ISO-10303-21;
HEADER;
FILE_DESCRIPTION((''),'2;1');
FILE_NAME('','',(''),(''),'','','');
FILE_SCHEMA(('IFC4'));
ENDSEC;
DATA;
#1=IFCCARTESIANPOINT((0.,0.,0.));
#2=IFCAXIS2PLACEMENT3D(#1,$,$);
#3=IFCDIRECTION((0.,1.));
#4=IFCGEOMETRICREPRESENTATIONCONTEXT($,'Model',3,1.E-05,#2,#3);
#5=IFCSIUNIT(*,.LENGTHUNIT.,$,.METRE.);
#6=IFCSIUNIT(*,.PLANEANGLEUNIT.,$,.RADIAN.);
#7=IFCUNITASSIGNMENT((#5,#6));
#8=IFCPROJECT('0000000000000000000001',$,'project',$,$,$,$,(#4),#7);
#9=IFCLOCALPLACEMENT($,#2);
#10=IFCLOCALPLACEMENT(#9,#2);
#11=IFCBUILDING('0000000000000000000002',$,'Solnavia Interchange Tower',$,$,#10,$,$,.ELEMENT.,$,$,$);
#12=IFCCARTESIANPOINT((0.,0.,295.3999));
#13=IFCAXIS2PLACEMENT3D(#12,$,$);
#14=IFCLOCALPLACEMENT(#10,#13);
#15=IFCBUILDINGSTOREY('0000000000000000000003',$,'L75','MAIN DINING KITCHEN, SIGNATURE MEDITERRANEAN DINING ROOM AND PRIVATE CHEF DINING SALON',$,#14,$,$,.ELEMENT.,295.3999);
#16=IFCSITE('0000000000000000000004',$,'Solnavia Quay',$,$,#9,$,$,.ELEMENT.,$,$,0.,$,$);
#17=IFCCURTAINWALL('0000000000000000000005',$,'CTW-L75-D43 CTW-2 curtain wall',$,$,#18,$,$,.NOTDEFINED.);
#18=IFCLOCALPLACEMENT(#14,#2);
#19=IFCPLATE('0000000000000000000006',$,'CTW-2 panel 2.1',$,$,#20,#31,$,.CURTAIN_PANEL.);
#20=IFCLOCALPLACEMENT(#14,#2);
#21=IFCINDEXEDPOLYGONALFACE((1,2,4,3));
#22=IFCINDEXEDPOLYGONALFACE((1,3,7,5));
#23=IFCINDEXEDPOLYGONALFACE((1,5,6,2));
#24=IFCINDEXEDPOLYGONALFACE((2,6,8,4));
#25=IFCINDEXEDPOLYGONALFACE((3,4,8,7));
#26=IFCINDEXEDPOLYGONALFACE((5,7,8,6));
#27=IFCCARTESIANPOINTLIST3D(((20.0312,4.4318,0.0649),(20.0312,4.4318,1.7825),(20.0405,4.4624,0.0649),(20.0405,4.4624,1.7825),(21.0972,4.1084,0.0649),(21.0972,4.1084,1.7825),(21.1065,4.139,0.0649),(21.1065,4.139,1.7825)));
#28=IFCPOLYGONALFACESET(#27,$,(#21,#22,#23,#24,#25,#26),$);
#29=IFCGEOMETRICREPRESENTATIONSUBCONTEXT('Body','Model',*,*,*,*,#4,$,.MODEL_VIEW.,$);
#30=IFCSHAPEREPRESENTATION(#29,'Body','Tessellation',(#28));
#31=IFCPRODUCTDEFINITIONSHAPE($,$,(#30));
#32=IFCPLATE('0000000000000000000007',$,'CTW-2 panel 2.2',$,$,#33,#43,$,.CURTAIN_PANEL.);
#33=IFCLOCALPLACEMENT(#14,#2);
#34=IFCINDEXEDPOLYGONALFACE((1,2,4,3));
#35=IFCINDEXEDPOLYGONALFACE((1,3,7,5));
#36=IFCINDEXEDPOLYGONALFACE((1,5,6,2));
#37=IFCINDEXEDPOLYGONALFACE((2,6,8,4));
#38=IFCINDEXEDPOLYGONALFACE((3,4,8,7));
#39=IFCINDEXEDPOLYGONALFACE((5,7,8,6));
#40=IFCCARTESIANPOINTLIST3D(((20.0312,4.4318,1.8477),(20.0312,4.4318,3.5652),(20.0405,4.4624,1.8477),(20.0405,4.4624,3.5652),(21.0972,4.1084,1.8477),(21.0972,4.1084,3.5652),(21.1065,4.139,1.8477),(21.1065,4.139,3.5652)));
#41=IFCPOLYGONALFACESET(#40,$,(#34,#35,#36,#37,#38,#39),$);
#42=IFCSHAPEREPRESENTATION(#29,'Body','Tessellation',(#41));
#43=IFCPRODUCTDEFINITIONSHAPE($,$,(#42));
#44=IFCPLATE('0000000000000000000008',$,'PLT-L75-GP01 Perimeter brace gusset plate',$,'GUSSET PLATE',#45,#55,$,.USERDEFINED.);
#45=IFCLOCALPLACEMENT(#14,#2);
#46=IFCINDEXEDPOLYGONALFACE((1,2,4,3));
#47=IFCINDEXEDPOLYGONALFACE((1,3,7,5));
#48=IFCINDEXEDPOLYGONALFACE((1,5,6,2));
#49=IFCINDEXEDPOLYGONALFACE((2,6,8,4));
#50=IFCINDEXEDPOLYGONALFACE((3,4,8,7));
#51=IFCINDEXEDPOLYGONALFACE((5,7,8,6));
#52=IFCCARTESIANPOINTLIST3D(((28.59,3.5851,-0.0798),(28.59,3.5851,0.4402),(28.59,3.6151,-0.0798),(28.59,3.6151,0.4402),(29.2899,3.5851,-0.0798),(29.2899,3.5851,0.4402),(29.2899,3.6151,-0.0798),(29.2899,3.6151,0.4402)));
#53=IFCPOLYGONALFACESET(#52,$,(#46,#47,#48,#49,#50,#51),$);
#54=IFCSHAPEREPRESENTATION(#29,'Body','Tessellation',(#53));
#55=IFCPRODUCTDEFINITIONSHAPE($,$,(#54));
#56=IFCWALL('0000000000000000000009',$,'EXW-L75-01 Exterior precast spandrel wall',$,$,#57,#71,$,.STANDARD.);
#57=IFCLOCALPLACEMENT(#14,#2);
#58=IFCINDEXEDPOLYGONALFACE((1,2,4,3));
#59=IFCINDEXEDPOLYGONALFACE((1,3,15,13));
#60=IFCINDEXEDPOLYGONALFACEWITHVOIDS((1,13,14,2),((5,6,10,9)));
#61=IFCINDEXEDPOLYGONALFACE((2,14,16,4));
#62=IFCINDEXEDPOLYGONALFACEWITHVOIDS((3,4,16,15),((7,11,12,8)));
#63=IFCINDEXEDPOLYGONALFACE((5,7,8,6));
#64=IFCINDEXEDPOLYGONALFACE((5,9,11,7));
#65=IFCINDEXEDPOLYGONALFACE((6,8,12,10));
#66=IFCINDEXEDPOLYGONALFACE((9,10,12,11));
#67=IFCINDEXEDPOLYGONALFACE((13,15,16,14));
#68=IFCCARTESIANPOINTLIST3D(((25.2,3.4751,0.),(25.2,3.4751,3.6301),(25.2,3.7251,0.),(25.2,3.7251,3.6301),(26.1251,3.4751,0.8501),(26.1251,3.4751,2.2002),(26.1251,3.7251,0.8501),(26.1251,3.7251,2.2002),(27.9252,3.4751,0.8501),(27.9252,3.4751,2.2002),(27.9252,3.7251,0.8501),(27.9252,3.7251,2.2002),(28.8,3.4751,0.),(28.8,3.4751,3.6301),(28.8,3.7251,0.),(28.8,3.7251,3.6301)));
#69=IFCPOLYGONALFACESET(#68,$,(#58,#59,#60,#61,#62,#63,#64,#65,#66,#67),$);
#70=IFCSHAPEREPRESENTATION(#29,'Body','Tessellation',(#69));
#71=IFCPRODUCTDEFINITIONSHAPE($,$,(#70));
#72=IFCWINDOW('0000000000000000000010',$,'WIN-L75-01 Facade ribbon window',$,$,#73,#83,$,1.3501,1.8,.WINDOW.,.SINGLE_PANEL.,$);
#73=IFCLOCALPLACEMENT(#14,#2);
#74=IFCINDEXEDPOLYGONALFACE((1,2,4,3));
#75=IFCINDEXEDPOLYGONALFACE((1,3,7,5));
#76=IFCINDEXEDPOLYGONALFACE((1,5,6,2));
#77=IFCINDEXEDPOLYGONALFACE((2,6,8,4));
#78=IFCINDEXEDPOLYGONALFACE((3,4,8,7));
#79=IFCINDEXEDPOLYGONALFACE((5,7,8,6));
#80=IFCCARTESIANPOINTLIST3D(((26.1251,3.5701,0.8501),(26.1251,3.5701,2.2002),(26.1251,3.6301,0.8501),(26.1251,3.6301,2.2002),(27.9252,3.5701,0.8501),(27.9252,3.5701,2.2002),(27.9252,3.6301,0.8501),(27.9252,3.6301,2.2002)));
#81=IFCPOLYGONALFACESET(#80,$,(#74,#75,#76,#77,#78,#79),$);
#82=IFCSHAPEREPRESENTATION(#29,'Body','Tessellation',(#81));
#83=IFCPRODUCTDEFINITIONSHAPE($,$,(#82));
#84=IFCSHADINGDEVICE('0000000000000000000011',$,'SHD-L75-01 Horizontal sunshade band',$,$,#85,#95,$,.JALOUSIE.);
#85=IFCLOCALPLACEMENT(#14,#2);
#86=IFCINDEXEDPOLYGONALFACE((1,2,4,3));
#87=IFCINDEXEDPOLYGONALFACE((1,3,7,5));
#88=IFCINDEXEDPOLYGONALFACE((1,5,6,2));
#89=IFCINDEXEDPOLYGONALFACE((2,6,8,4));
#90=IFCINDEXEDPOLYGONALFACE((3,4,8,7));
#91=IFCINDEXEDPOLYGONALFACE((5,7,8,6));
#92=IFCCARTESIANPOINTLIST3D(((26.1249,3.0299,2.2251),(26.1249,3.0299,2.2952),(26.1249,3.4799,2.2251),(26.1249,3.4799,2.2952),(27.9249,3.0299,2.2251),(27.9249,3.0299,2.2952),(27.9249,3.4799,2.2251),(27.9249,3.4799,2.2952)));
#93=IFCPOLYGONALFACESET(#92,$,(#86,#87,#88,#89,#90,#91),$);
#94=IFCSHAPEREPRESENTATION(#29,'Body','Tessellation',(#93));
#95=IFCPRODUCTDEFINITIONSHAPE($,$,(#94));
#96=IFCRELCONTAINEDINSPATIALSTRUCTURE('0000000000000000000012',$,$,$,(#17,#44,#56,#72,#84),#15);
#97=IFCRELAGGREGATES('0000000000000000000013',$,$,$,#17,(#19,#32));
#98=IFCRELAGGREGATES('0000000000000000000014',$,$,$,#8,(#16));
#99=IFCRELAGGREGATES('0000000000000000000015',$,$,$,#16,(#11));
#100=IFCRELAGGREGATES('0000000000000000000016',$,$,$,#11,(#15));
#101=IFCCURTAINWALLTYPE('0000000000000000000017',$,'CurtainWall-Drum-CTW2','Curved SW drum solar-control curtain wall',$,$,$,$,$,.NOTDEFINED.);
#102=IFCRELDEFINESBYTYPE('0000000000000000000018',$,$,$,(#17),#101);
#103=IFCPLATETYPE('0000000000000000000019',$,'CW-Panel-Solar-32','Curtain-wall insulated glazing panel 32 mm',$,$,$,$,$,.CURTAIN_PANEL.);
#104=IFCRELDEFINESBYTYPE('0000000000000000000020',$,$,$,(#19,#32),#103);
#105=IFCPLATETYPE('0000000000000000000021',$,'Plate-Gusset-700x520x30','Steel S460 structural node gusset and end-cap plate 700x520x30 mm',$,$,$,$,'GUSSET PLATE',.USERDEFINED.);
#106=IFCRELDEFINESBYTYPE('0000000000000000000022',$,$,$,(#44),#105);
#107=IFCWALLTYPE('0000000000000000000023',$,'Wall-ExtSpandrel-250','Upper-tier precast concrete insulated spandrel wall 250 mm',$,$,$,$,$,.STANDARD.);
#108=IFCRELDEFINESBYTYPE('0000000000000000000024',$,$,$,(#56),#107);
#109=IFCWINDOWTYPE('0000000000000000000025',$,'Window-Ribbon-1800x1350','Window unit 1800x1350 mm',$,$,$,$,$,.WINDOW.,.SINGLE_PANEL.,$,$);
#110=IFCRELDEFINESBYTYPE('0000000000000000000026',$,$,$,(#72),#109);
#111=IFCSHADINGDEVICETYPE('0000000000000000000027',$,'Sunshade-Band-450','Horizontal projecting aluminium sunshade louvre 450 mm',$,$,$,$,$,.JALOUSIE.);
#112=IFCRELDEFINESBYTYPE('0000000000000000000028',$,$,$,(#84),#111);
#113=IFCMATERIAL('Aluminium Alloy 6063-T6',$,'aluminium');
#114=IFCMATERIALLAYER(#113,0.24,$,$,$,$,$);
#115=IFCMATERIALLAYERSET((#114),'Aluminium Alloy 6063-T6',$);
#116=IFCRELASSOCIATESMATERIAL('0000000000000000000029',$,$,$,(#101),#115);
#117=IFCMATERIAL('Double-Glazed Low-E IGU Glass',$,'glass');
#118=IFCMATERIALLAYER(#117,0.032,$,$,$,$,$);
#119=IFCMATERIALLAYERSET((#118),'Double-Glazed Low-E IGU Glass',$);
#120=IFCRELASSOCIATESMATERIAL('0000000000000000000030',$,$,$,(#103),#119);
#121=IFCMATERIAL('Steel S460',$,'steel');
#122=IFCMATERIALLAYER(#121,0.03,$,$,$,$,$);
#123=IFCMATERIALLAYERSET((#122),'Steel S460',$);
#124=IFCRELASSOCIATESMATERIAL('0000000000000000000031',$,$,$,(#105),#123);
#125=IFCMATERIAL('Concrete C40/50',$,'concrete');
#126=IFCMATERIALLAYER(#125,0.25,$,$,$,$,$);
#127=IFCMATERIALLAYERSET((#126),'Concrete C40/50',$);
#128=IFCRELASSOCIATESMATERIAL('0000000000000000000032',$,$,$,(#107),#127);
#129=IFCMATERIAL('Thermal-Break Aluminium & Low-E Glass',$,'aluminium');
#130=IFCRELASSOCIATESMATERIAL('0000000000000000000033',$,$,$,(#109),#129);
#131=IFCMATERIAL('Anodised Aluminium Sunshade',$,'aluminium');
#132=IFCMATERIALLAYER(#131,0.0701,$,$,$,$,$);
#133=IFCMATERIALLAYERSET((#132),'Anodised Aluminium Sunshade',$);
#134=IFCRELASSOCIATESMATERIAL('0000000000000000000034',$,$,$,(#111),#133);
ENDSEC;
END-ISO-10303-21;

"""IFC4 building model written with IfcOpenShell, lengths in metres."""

from ifc_helpers import new_model, si_unit, direction, frame, frame_2d, origin, origin_2d, place, context, subcontext, project, spatial, rectangle, extrude, material, layer, layer_set, type_object, element, fill, aggregate, save


model = new_model("IFC4")

# Units and contexts
model_context = context("Model", 3, precision=1e-05, world=origin(), true_north=direction((0.0, 1.0)))
body_context = subcontext(model_context, "Body", "Model", "MODEL_VIEW")
ifc_project = project(units=[si_unit("LENGTHUNIT", "METRE"), si_unit("PLANEANGLEUNIT", "RADIAN")], contexts=[model_context])

# Site, building, storey
site_placement = place(None, origin())
site = spatial("IfcSite", under=ifc_project, at=site_placement, Name="Solnavia Quay", CompositionType="ELEMENT", RefElevation=0.0)
building_placement = place(site_placement, origin())
building = spatial("IfcBuilding", under=site, at=building_placement, Name="Solnavia Interchange Tower", CompositionType="ELEMENT")
storey_placement = place(building_placement, frame((0.0, 0.0, 295.3999)))
storey = spatial("IfcBuildingStorey", under=building, at=storey_placement, Name="L75", Description="MAIN DINING KITCHEN, SIGNATURE MEDITERRANEAN DINING ROOM AND PRIVATE CHEF DINING SALON", CompositionType="ELEMENT", Elevation=295.3999)

# Shared definitions
ifc_material_1 = material(Name="Steel S460", Category="steel")

# Curtain wall
ifc_material_2 = material(Name="Aluminium Alloy 6063-T6", Category="aluminium")
ifc_layer_1 = layer(ifc_material_2, 0.24)
ifc_layer_set_1 = layer_set([ifc_layer_1], Name="Aluminium Alloy 6063-T6")
curtain_wall_type_1 = type_object("IfcCurtainWallType", Name="CurtainWall-Drum-CTW2", Description="Curved SW drum solar-control curtain wall", PredefinedType="NOTDEFINED", material=ifc_layer_set_1)
curtain_wall_1_placement = place(storey_placement, origin())
curtain_wall_1 = element("IfcCurtainWall", 1, at=curtain_wall_1_placement, inside=storey, type_object=curtain_wall_type_1, Name="CTW-L75-D43 CTW-2 curtain wall", PredefinedType="NOTDEFINED")

# Shared definitions
ifc_material_3 = material(Name="Double-Glazed Low-E IGU Glass", Category="glass")

# Plates
ifc_layer_2 = layer(ifc_material_3, 0.032)
ifc_layer_set_2 = layer_set([ifc_layer_2], Name="Double-Glazed Low-E IGU Glass")
plate_type_1 = type_object("IfcPlateType", Name="CW-Panel-Solar-32", Description="Curtain-wall insulated glazing panel 32 mm", PredefinedType="CURTAIN_PANEL", material=ifc_layer_set_2)
plate_1_placement = place(storey_placement, frame((20.5688, 4.2854, 0.0649), z_axis=(0.0, 0.0, 1.0), x_axis=(0.956942, -0.290279, 0.0)))
plate_1 = element("IfcPlate", 2, at=plate_1_placement, type_object=plate_type_1, Name="CTW-2 panel 2.1", PredefinedType="CURTAIN_PANEL", context=body_context, shape_type="SweptSolid", body=[
    extrude(rectangle(XDim=1.114, YDim=0.032, at=origin_2d()), origin(), (0.0, 0.0, 1.0), 1.7175),
])
plate_2_placement = place(storey_placement, frame((20.5688, 4.2854, 1.8477), z_axis=(0.0, 0.0, 1.0), x_axis=(0.956942, -0.290279, 0.0)))
plate_2 = element("IfcPlate", 3, at=plate_2_placement, type_object=plate_type_1, Name="CTW-2 panel 2.2", PredefinedType="CURTAIN_PANEL", context=body_context, shape_type="SweptSolid", body=[
    extrude(rectangle(XDim=1.114, YDim=0.032, at=origin_2d()), origin(), (0.0, 0.0, 1.0), 1.7175),
])
aggregate(curtain_wall_1, [plate_1, plate_2])
ifc_layer_3 = layer(ifc_material_1, 0.03)
ifc_layer_set_3 = layer_set([ifc_layer_3], Name="Steel S460")
plate_type_2 = type_object("IfcPlateType", Name="Plate-Gusset-700x520x30", Description="Steel S460 structural node gusset and end-cap plate 700x520x30 mm", ElementType="GUSSET PLATE", PredefinedType="USERDEFINED", material=ifc_layer_set_3)
plate_3_placement = place(storey_placement, frame((28.9399, 3.6001, -0.0798), z_axis=(0.0, 0.0, 1.0), x_axis=(1.0, 0.0, 0.0)))
element("IfcPlate", 4, at=plate_3_placement, inside=storey, type_object=plate_type_2, Name="PLT-L75-GP01 Perimeter brace gusset plate", ObjectType="GUSSET PLATE", PredefinedType="USERDEFINED", context=body_context, shape_type="SweptSolid", body=[
    extrude(rectangle(XDim=0.7, YDim=0.03, at=origin_2d()), origin(), (0.0, 0.0, 1.0), 0.52),
])

# Wall, opening, window
ifc_material_4 = material(Name="Concrete C40/50", Category="concrete")
ifc_layer_4 = layer(ifc_material_4, 0.25)
ifc_layer_set_4 = layer_set([ifc_layer_4], Name="Concrete C40/50")
wall_type = type_object("IfcWallType", Name="Wall-ExtSpandrel-250", Description="Upper-tier precast concrete insulated spandrel wall 250 mm", PredefinedType="STANDARD", material=ifc_layer_set_4)
wall_placement = place(storey_placement, frame((28.8, 3.6001, 0.0), z_axis=(0.0, 0.0, 1.0), x_axis=(-1.0, 0.0, 0.0)))
wall = element("IfcWall", 5, at=wall_placement, inside=storey, type_object=wall_type, Name="EXW-L75-01 Exterior precast spandrel wall", PredefinedType="STANDARD", context=body_context, shape_type="SweptSolid", body=[
    extrude(rectangle(XDim=3.6001, YDim=0.25, at=frame_2d((1.8, 0.0))), origin(), (0.0, 0.0, 1.0), 3.6301),
])
opening_placement = place(wall_placement, frame((0.875, 0.0, 0.8501)))
opening = element("IfcOpeningElement", 6, at=opening_placement, cuts=wall, PredefinedType="OPENING", context=body_context, shape_type="SweptSolid", body=[
    extrude(rectangle(XDim=1.8, YDim=1.3501, at=frame_2d((0.8999, 0.675))), frame((0.0, 0.135, 0.0), z_axis=(0.0, -1.0, 0.0), x_axis=(1.0, 0.0, 0.0)), (0.0, 0.0, 1.0), 0.27),
])
ifc_material_5 = material(Name="Thermal-Break Aluminium & Low-E Glass", Category="aluminium")
window_type = type_object("IfcWindowType", Name="Window-Ribbon-1800x1350", Description="Window unit 1800x1350 mm", PartitioningType="SINGLE_PANEL", PredefinedType="WINDOW", material=ifc_material_5)
window_placement = place(opening_placement, origin())
window = element("IfcWindow", 7, at=window_placement, inside=storey, type_object=window_type, Name="WIN-L75-01 Facade ribbon window", OverallHeight=1.3501, OverallWidth=1.8, PartitioningType="SINGLE_PANEL", PredefinedType="WINDOW", context=body_context, shape_type="SweptSolid", body=[
    extrude(rectangle(XDim=1.8, YDim=1.3501, at=frame_2d((0.8999, 0.675))), frame((0.0, 0.03, 0.0), z_axis=(0.0, -1.0, 0.0), x_axis=(1.0, 0.0, 0.0)), (0.0, 0.0, 1.0), 0.0601),
])
fill(opening, window)

# Shading device
ifc_material_6 = material(Name="Anodised Aluminium Sunshade", Category="aluminium")
ifc_layer_5 = layer(ifc_material_6, 0.0701)
ifc_layer_set_5 = layer_set([ifc_layer_5], Name="Anodised Aluminium Sunshade")
shading_device_type = type_object("IfcShadingDeviceType", Name="Sunshade-Band-450", Description="Horizontal projecting aluminium sunshade louvre 450 mm", PredefinedType="JALOUSIE", material=ifc_layer_set_5)
shading_device_placement = place(storey_placement, frame((27.0249, 3.2549, 2.2251), z_axis=(0.0, 0.0, 1.0), x_axis=(-1.0, 0.0, 0.0)))
element("IfcShadingDevice", 8, at=shading_device_placement, inside=storey, type_object=shading_device_type, Name="SHD-L75-01 Horizontal sunshade band", PredefinedType="JALOUSIE", context=body_context, shape_type="SweptSolid", body=[
    extrude(rectangle(XDim=1.8, YDim=0.45, at=origin_2d()), origin(), (0.0, 0.0, 1.0), 0.0701),
])

save(model, "model.ifc")
